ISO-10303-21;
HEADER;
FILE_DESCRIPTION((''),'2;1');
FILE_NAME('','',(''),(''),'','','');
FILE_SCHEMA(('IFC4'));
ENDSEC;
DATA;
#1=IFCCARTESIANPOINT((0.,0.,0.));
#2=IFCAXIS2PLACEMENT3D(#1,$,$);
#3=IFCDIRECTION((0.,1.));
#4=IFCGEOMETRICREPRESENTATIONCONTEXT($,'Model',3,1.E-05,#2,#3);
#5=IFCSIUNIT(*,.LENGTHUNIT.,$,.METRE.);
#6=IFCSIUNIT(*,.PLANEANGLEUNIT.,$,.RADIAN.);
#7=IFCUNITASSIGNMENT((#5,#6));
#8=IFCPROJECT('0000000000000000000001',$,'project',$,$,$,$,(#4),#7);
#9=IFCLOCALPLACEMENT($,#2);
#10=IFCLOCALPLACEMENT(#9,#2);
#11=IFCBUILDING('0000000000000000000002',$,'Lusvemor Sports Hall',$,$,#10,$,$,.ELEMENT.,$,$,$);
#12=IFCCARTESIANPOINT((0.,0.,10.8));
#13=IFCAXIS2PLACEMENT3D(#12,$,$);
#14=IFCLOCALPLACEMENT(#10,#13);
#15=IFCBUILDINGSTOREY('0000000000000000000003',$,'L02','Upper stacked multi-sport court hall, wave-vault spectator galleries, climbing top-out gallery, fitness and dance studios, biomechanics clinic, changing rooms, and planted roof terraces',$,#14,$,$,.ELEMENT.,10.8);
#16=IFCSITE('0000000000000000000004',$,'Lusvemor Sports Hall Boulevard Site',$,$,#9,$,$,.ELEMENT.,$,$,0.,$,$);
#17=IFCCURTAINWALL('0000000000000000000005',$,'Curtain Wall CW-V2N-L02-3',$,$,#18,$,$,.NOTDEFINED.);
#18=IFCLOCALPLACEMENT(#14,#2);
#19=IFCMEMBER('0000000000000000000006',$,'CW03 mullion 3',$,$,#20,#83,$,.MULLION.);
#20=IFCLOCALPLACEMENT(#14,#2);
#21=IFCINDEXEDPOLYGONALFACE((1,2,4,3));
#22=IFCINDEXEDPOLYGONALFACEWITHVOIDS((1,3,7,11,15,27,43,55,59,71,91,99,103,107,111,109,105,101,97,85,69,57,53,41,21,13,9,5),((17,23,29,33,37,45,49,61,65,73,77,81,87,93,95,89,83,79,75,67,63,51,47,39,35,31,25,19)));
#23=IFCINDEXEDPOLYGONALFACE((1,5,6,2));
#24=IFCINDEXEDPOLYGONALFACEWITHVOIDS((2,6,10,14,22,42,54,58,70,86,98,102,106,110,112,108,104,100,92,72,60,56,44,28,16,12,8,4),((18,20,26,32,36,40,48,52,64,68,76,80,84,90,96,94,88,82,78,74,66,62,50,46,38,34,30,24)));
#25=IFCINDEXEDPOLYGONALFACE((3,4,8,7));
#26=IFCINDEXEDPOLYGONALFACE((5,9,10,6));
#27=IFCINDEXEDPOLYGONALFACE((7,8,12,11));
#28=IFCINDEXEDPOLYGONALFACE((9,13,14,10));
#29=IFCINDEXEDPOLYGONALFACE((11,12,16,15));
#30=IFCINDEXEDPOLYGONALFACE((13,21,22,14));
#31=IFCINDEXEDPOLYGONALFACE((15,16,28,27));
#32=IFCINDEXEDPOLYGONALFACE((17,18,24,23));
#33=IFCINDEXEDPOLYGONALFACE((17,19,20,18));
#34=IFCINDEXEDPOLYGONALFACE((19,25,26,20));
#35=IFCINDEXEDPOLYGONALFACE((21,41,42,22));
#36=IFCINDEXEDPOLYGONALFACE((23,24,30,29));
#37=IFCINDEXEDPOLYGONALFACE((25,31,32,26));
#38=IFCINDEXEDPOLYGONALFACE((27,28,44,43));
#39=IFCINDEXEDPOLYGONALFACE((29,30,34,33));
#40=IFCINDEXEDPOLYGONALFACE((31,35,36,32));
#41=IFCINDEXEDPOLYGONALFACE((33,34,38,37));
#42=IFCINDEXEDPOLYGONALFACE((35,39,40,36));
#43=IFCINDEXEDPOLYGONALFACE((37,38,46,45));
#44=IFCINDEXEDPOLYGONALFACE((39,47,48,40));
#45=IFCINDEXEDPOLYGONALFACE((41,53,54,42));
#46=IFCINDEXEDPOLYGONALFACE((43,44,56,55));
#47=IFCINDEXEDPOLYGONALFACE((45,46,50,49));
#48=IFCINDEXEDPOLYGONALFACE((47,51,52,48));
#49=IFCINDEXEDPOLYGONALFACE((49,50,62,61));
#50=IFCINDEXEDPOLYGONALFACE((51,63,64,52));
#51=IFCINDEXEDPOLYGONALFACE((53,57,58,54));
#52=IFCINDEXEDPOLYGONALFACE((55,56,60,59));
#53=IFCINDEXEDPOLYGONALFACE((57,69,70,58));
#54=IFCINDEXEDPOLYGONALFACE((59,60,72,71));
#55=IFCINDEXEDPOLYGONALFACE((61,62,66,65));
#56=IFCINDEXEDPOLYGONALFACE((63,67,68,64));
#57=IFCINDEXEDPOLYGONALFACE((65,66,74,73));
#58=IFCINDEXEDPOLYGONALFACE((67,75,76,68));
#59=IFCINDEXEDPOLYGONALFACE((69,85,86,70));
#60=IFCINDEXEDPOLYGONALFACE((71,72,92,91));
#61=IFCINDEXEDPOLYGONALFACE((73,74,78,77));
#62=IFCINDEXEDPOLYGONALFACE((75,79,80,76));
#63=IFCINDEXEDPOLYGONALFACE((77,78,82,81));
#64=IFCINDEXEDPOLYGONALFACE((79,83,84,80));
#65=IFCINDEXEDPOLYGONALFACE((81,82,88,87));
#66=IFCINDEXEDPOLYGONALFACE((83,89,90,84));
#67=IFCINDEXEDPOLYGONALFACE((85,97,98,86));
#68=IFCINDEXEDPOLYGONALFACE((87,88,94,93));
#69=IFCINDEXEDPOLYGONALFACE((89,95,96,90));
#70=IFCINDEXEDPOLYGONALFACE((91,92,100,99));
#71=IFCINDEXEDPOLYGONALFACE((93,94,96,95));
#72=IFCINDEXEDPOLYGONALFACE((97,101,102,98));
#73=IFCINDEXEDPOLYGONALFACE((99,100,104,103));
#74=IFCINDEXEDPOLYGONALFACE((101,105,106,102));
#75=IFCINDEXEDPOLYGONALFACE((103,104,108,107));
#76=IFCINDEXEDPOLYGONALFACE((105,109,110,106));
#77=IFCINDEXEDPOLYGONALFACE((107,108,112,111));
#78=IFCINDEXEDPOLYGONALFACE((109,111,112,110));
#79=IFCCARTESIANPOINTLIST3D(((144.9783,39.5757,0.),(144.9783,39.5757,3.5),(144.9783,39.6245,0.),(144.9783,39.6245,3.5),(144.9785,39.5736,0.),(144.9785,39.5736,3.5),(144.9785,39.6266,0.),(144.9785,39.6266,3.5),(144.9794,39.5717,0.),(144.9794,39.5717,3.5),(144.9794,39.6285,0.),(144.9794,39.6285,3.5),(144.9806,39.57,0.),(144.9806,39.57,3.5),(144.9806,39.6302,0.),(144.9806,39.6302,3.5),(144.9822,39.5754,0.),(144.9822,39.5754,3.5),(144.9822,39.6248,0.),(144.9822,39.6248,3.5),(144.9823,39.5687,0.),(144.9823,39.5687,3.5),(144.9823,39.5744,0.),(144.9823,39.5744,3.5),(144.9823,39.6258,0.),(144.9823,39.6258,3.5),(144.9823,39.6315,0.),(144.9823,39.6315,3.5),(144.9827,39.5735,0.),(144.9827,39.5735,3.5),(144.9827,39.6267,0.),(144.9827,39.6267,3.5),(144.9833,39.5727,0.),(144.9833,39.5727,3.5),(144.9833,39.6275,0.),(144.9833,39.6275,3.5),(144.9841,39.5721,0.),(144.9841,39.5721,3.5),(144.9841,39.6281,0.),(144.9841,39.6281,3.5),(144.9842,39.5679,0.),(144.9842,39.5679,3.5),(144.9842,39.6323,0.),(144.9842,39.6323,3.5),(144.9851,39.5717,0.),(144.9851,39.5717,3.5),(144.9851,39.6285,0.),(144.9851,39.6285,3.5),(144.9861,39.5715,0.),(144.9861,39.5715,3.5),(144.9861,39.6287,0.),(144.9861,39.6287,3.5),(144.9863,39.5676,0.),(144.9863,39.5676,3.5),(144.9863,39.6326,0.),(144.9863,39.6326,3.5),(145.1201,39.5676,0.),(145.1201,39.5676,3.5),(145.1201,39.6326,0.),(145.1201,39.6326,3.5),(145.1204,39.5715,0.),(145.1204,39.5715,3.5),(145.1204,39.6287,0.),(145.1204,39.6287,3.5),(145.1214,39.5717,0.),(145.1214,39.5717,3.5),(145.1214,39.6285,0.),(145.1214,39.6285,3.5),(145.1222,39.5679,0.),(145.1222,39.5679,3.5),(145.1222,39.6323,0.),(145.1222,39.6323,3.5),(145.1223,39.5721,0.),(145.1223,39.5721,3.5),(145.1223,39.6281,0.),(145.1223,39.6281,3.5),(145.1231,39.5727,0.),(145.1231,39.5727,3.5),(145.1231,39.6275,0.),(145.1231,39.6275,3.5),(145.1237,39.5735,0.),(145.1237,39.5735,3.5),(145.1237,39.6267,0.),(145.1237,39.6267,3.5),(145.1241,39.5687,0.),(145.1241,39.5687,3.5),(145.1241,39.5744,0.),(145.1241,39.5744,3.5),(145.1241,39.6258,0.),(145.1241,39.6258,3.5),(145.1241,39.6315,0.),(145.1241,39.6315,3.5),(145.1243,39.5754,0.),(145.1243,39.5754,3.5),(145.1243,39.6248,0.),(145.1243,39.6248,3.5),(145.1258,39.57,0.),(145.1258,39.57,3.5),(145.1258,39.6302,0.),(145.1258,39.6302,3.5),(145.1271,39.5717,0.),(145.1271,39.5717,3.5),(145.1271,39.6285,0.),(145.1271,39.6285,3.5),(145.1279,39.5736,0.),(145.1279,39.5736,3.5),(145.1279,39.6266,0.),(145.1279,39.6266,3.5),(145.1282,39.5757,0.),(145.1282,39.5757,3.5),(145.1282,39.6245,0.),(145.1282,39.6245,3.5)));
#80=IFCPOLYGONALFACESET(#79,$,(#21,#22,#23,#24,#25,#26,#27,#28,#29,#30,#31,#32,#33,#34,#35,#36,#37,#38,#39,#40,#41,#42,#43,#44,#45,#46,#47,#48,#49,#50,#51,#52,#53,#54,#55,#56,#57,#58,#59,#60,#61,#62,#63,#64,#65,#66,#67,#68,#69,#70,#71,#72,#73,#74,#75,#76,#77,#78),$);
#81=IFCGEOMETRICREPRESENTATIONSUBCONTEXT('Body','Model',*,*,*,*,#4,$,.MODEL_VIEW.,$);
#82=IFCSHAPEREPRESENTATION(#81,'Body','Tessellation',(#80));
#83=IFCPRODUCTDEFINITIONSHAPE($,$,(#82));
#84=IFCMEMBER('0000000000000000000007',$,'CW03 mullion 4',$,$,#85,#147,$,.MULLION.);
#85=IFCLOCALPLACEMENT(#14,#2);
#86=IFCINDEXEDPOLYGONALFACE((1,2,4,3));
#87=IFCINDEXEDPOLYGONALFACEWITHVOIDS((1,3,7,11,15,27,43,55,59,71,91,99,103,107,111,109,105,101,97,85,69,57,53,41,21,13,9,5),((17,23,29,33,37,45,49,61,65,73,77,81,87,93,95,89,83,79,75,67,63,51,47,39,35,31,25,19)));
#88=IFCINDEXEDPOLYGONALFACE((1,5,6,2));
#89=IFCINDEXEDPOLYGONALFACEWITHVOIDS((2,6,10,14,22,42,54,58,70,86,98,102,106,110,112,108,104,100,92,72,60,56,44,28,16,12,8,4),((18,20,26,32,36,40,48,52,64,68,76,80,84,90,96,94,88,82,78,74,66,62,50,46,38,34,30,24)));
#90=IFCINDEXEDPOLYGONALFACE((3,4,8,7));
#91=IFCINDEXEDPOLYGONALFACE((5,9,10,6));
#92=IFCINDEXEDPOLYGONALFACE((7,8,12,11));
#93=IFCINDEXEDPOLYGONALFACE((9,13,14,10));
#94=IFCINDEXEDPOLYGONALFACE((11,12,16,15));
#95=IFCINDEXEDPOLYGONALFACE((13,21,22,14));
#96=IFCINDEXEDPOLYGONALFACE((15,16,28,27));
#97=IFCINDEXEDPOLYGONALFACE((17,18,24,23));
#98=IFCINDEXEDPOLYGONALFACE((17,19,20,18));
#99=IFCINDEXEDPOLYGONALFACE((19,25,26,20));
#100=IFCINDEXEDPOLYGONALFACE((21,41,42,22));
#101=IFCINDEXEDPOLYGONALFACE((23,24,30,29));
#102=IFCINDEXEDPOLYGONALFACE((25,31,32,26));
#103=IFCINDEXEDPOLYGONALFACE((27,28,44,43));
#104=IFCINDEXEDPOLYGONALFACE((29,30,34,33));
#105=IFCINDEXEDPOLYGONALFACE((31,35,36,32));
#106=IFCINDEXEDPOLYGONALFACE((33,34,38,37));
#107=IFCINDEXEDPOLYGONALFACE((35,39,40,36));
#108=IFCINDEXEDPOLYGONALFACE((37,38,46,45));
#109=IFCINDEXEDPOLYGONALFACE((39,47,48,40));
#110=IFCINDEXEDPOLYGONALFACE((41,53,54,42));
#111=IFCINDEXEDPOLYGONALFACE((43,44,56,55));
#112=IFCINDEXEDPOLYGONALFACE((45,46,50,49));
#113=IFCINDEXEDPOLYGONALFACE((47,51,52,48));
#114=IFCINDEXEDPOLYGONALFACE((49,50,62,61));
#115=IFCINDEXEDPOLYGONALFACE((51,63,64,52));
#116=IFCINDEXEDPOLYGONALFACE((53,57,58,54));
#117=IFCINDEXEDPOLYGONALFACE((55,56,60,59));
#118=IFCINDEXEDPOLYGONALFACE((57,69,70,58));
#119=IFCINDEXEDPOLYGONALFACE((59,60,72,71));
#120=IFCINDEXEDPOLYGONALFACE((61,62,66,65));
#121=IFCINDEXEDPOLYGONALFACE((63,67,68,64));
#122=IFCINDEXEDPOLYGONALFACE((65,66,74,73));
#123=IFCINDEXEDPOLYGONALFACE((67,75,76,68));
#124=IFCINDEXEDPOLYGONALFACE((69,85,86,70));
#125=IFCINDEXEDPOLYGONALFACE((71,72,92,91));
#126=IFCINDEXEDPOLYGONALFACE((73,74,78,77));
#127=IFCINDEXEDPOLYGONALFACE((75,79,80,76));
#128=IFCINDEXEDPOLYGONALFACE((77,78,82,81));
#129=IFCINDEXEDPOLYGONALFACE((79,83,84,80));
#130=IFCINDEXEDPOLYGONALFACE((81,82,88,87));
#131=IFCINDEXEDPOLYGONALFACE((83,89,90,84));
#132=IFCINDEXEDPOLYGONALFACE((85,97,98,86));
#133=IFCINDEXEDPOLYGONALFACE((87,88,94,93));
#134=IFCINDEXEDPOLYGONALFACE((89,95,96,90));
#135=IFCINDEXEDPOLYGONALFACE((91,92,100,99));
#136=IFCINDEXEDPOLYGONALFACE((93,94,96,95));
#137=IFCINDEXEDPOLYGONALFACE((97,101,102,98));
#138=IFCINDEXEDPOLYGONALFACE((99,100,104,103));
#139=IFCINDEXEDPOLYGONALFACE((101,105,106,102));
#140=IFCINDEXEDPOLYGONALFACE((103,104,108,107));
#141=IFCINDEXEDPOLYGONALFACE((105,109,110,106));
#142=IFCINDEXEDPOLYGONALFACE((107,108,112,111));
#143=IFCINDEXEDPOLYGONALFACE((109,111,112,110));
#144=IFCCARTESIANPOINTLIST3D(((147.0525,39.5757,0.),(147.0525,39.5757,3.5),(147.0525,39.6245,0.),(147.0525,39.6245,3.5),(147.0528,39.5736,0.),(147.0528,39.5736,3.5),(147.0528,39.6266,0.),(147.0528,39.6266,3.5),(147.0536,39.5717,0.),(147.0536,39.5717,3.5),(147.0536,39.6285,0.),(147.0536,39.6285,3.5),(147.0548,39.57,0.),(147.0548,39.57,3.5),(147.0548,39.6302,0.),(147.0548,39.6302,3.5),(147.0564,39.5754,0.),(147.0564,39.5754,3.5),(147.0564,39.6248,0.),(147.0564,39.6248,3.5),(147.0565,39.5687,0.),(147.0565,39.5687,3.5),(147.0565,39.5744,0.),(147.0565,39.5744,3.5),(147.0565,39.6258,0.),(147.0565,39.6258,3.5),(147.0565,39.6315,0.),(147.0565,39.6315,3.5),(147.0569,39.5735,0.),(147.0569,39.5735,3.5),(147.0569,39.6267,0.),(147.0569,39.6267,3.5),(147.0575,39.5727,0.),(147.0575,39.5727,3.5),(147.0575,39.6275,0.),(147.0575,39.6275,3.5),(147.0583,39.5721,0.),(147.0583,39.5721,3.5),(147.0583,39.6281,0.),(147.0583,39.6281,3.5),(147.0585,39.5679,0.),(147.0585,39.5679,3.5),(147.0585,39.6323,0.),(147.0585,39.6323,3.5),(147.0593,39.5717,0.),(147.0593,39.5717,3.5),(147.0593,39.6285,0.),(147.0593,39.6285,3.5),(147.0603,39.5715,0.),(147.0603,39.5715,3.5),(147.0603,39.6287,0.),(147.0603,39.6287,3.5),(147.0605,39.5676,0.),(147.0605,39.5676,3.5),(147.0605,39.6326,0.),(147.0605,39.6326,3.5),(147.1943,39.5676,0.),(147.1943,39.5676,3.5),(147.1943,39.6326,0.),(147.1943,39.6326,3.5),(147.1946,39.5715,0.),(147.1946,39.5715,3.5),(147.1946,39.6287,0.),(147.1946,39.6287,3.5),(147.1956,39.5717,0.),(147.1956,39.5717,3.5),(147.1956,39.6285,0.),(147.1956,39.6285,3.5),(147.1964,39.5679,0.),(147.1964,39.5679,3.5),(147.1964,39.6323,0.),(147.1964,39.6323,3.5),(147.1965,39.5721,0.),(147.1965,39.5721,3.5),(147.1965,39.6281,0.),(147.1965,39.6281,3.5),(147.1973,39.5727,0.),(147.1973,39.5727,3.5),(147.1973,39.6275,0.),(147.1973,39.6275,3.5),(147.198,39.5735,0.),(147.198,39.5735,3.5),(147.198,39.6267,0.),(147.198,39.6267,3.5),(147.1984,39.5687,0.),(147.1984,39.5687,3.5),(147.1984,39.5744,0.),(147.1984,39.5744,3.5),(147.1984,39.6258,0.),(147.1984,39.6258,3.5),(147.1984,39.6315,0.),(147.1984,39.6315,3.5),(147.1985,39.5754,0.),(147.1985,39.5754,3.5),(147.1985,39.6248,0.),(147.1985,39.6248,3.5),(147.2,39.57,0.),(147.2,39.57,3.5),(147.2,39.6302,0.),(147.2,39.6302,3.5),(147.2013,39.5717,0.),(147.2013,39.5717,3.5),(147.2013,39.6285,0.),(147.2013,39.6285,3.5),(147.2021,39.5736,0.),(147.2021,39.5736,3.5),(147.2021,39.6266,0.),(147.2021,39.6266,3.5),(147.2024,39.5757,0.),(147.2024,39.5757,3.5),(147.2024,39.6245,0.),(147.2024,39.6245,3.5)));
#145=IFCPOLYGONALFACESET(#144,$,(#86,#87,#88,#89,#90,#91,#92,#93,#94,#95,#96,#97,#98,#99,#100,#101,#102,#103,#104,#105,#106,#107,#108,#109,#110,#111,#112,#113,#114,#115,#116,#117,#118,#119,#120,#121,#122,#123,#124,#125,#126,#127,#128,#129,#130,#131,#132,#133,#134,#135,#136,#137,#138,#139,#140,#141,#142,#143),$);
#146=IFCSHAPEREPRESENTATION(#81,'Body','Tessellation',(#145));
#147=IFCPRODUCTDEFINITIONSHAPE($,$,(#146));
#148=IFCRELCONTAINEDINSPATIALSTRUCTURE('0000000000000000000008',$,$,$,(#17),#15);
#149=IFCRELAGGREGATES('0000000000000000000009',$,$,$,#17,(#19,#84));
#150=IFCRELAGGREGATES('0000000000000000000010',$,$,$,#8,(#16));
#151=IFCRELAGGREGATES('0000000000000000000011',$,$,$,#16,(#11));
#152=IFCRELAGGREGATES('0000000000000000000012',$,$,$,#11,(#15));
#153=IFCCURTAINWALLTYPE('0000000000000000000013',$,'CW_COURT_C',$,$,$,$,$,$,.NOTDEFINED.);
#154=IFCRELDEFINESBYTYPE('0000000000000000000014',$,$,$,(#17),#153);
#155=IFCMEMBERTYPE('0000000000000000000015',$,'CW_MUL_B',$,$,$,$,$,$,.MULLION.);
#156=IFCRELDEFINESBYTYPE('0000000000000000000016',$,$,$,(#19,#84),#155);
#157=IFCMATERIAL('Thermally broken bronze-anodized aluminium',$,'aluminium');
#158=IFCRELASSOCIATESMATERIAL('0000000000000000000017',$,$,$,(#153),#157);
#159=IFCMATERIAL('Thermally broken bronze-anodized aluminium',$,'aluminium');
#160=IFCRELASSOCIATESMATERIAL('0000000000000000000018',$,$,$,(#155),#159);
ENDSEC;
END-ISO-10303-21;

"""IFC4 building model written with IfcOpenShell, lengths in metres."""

from ifc_helpers import new_model, si_unit, direction, frame, origin, origin_2d, place, context, subcontext, project, spatial, hollow_rectangle, extrude, material, material_profile, profile_set, type_object, element, aggregate, save


model = new_model("IFC4")

# Units and contexts
model_context = context("Model", 3, precision=1e-05, world=origin(), true_north=direction((0.0, 1.0)))
body_context = subcontext(model_context, "Body", "Model", "MODEL_VIEW")
ifc_project = project(units=[si_unit("LENGTHUNIT", "METRE"), si_unit("PLANEANGLEUNIT", "RADIAN")], contexts=[model_context])

# Site, building, storey
site_placement = place(None, origin())
site = spatial("IfcSite", under=ifc_project, at=site_placement, Name="Lusvemor Sports Hall Boulevard Site", CompositionType="ELEMENT", RefElevation=0.0)
building_placement = place(site_placement, origin())
building = spatial("IfcBuilding", under=site, at=building_placement, Name="Lusvemor Sports Hall", CompositionType="ELEMENT")
storey_placement = place(building_placement, frame((0.0, 0.0, 10.8)))
storey = spatial("IfcBuildingStorey", under=building, at=storey_placement, Name="L02", Description="Upper stacked multi-sport court hall, wave-vault spectator galleries, climbing top-out gallery, fitness and dance studios, biomechanics clinic, changing rooms, and planted roof terraces", CompositionType="ELEMENT", Elevation=10.8)

# Curtain wall, members
ifc_material_1 = material(Name="Thermally broken bronze-anodized aluminium", Category="aluminium")
curtain_wall_type = type_object("IfcCurtainWallType", Name="CW_COURT_C", PredefinedType="NOTDEFINED", material=ifc_material_1)
curtain_wall_placement = place(storey_placement, origin())
curtain_wall = element("IfcCurtainWall", 1, at=curtain_wall_placement, inside=storey, type_object=curtain_wall_type, Name="Curtain Wall CW-V2N-L02-3", PredefinedType="NOTDEFINED")
ifc_material_2 = material(Name="Thermally broken bronze-anodized aluminium", Category="aluminium")
ifc_material_profile_1 = material_profile(ifc_material_2, hollow_rectangle(XDim=0.0649, YDim=0.1499, WallThickness=0.0039, InnerFilletRadius=0.0039, OuterFilletRadius=0.0081, at=origin_2d()), Name="CWMUL150x65x4")
ifc_profile_set_1 = profile_set([ifc_material_profile_1], Name="Thermally broken bronze-anodized aluminium")
member_type_1 = type_object("IfcMemberType", Name="CW_MUL_B", PredefinedType="MULLION", material=ifc_profile_set_1)
member_1_placement = place(storey_placement, frame((145.0532, 39.6001, 0.0), z_axis=(0.0, 0.0, 1.0), x_axis=(0.0, 1.0, 0.0)))
member_1 = element("IfcMember", 2, at=member_1_placement, type_object=member_type_1, Name="CW03 mullion 3", PredefinedType="MULLION", context=body_context, shape_type="SweptSolid", body=[
    extrude(hollow_rectangle(XDim=0.0649, YDim=0.1499, WallThickness=0.0039, InnerFilletRadius=0.0039, OuterFilletRadius=0.0081, at=origin_2d()), origin(), (0.0, 0.0, 1.0), 3.5),
])
member_2_placement = place(storey_placement, frame((147.1274, 39.6001, 0.0), z_axis=(0.0, 0.0, 1.0), x_axis=(0.0, 1.0, 0.0)))
member_2 = element("IfcMember", 3, at=member_2_placement, type_object=member_type_1, Name="CW03 mullion 4", PredefinedType="MULLION", context=body_context, shape_type="SweptSolid", body=[
    extrude(hollow_rectangle(XDim=0.0649, YDim=0.1499, WallThickness=0.0039, InnerFilletRadius=0.0039, OuterFilletRadius=0.0081, at=origin_2d()), origin(), (0.0, 0.0, 1.0), 3.5),
])

aggregate(curtain_wall, [member_1, member_2])

save(model, "model.ifc")
